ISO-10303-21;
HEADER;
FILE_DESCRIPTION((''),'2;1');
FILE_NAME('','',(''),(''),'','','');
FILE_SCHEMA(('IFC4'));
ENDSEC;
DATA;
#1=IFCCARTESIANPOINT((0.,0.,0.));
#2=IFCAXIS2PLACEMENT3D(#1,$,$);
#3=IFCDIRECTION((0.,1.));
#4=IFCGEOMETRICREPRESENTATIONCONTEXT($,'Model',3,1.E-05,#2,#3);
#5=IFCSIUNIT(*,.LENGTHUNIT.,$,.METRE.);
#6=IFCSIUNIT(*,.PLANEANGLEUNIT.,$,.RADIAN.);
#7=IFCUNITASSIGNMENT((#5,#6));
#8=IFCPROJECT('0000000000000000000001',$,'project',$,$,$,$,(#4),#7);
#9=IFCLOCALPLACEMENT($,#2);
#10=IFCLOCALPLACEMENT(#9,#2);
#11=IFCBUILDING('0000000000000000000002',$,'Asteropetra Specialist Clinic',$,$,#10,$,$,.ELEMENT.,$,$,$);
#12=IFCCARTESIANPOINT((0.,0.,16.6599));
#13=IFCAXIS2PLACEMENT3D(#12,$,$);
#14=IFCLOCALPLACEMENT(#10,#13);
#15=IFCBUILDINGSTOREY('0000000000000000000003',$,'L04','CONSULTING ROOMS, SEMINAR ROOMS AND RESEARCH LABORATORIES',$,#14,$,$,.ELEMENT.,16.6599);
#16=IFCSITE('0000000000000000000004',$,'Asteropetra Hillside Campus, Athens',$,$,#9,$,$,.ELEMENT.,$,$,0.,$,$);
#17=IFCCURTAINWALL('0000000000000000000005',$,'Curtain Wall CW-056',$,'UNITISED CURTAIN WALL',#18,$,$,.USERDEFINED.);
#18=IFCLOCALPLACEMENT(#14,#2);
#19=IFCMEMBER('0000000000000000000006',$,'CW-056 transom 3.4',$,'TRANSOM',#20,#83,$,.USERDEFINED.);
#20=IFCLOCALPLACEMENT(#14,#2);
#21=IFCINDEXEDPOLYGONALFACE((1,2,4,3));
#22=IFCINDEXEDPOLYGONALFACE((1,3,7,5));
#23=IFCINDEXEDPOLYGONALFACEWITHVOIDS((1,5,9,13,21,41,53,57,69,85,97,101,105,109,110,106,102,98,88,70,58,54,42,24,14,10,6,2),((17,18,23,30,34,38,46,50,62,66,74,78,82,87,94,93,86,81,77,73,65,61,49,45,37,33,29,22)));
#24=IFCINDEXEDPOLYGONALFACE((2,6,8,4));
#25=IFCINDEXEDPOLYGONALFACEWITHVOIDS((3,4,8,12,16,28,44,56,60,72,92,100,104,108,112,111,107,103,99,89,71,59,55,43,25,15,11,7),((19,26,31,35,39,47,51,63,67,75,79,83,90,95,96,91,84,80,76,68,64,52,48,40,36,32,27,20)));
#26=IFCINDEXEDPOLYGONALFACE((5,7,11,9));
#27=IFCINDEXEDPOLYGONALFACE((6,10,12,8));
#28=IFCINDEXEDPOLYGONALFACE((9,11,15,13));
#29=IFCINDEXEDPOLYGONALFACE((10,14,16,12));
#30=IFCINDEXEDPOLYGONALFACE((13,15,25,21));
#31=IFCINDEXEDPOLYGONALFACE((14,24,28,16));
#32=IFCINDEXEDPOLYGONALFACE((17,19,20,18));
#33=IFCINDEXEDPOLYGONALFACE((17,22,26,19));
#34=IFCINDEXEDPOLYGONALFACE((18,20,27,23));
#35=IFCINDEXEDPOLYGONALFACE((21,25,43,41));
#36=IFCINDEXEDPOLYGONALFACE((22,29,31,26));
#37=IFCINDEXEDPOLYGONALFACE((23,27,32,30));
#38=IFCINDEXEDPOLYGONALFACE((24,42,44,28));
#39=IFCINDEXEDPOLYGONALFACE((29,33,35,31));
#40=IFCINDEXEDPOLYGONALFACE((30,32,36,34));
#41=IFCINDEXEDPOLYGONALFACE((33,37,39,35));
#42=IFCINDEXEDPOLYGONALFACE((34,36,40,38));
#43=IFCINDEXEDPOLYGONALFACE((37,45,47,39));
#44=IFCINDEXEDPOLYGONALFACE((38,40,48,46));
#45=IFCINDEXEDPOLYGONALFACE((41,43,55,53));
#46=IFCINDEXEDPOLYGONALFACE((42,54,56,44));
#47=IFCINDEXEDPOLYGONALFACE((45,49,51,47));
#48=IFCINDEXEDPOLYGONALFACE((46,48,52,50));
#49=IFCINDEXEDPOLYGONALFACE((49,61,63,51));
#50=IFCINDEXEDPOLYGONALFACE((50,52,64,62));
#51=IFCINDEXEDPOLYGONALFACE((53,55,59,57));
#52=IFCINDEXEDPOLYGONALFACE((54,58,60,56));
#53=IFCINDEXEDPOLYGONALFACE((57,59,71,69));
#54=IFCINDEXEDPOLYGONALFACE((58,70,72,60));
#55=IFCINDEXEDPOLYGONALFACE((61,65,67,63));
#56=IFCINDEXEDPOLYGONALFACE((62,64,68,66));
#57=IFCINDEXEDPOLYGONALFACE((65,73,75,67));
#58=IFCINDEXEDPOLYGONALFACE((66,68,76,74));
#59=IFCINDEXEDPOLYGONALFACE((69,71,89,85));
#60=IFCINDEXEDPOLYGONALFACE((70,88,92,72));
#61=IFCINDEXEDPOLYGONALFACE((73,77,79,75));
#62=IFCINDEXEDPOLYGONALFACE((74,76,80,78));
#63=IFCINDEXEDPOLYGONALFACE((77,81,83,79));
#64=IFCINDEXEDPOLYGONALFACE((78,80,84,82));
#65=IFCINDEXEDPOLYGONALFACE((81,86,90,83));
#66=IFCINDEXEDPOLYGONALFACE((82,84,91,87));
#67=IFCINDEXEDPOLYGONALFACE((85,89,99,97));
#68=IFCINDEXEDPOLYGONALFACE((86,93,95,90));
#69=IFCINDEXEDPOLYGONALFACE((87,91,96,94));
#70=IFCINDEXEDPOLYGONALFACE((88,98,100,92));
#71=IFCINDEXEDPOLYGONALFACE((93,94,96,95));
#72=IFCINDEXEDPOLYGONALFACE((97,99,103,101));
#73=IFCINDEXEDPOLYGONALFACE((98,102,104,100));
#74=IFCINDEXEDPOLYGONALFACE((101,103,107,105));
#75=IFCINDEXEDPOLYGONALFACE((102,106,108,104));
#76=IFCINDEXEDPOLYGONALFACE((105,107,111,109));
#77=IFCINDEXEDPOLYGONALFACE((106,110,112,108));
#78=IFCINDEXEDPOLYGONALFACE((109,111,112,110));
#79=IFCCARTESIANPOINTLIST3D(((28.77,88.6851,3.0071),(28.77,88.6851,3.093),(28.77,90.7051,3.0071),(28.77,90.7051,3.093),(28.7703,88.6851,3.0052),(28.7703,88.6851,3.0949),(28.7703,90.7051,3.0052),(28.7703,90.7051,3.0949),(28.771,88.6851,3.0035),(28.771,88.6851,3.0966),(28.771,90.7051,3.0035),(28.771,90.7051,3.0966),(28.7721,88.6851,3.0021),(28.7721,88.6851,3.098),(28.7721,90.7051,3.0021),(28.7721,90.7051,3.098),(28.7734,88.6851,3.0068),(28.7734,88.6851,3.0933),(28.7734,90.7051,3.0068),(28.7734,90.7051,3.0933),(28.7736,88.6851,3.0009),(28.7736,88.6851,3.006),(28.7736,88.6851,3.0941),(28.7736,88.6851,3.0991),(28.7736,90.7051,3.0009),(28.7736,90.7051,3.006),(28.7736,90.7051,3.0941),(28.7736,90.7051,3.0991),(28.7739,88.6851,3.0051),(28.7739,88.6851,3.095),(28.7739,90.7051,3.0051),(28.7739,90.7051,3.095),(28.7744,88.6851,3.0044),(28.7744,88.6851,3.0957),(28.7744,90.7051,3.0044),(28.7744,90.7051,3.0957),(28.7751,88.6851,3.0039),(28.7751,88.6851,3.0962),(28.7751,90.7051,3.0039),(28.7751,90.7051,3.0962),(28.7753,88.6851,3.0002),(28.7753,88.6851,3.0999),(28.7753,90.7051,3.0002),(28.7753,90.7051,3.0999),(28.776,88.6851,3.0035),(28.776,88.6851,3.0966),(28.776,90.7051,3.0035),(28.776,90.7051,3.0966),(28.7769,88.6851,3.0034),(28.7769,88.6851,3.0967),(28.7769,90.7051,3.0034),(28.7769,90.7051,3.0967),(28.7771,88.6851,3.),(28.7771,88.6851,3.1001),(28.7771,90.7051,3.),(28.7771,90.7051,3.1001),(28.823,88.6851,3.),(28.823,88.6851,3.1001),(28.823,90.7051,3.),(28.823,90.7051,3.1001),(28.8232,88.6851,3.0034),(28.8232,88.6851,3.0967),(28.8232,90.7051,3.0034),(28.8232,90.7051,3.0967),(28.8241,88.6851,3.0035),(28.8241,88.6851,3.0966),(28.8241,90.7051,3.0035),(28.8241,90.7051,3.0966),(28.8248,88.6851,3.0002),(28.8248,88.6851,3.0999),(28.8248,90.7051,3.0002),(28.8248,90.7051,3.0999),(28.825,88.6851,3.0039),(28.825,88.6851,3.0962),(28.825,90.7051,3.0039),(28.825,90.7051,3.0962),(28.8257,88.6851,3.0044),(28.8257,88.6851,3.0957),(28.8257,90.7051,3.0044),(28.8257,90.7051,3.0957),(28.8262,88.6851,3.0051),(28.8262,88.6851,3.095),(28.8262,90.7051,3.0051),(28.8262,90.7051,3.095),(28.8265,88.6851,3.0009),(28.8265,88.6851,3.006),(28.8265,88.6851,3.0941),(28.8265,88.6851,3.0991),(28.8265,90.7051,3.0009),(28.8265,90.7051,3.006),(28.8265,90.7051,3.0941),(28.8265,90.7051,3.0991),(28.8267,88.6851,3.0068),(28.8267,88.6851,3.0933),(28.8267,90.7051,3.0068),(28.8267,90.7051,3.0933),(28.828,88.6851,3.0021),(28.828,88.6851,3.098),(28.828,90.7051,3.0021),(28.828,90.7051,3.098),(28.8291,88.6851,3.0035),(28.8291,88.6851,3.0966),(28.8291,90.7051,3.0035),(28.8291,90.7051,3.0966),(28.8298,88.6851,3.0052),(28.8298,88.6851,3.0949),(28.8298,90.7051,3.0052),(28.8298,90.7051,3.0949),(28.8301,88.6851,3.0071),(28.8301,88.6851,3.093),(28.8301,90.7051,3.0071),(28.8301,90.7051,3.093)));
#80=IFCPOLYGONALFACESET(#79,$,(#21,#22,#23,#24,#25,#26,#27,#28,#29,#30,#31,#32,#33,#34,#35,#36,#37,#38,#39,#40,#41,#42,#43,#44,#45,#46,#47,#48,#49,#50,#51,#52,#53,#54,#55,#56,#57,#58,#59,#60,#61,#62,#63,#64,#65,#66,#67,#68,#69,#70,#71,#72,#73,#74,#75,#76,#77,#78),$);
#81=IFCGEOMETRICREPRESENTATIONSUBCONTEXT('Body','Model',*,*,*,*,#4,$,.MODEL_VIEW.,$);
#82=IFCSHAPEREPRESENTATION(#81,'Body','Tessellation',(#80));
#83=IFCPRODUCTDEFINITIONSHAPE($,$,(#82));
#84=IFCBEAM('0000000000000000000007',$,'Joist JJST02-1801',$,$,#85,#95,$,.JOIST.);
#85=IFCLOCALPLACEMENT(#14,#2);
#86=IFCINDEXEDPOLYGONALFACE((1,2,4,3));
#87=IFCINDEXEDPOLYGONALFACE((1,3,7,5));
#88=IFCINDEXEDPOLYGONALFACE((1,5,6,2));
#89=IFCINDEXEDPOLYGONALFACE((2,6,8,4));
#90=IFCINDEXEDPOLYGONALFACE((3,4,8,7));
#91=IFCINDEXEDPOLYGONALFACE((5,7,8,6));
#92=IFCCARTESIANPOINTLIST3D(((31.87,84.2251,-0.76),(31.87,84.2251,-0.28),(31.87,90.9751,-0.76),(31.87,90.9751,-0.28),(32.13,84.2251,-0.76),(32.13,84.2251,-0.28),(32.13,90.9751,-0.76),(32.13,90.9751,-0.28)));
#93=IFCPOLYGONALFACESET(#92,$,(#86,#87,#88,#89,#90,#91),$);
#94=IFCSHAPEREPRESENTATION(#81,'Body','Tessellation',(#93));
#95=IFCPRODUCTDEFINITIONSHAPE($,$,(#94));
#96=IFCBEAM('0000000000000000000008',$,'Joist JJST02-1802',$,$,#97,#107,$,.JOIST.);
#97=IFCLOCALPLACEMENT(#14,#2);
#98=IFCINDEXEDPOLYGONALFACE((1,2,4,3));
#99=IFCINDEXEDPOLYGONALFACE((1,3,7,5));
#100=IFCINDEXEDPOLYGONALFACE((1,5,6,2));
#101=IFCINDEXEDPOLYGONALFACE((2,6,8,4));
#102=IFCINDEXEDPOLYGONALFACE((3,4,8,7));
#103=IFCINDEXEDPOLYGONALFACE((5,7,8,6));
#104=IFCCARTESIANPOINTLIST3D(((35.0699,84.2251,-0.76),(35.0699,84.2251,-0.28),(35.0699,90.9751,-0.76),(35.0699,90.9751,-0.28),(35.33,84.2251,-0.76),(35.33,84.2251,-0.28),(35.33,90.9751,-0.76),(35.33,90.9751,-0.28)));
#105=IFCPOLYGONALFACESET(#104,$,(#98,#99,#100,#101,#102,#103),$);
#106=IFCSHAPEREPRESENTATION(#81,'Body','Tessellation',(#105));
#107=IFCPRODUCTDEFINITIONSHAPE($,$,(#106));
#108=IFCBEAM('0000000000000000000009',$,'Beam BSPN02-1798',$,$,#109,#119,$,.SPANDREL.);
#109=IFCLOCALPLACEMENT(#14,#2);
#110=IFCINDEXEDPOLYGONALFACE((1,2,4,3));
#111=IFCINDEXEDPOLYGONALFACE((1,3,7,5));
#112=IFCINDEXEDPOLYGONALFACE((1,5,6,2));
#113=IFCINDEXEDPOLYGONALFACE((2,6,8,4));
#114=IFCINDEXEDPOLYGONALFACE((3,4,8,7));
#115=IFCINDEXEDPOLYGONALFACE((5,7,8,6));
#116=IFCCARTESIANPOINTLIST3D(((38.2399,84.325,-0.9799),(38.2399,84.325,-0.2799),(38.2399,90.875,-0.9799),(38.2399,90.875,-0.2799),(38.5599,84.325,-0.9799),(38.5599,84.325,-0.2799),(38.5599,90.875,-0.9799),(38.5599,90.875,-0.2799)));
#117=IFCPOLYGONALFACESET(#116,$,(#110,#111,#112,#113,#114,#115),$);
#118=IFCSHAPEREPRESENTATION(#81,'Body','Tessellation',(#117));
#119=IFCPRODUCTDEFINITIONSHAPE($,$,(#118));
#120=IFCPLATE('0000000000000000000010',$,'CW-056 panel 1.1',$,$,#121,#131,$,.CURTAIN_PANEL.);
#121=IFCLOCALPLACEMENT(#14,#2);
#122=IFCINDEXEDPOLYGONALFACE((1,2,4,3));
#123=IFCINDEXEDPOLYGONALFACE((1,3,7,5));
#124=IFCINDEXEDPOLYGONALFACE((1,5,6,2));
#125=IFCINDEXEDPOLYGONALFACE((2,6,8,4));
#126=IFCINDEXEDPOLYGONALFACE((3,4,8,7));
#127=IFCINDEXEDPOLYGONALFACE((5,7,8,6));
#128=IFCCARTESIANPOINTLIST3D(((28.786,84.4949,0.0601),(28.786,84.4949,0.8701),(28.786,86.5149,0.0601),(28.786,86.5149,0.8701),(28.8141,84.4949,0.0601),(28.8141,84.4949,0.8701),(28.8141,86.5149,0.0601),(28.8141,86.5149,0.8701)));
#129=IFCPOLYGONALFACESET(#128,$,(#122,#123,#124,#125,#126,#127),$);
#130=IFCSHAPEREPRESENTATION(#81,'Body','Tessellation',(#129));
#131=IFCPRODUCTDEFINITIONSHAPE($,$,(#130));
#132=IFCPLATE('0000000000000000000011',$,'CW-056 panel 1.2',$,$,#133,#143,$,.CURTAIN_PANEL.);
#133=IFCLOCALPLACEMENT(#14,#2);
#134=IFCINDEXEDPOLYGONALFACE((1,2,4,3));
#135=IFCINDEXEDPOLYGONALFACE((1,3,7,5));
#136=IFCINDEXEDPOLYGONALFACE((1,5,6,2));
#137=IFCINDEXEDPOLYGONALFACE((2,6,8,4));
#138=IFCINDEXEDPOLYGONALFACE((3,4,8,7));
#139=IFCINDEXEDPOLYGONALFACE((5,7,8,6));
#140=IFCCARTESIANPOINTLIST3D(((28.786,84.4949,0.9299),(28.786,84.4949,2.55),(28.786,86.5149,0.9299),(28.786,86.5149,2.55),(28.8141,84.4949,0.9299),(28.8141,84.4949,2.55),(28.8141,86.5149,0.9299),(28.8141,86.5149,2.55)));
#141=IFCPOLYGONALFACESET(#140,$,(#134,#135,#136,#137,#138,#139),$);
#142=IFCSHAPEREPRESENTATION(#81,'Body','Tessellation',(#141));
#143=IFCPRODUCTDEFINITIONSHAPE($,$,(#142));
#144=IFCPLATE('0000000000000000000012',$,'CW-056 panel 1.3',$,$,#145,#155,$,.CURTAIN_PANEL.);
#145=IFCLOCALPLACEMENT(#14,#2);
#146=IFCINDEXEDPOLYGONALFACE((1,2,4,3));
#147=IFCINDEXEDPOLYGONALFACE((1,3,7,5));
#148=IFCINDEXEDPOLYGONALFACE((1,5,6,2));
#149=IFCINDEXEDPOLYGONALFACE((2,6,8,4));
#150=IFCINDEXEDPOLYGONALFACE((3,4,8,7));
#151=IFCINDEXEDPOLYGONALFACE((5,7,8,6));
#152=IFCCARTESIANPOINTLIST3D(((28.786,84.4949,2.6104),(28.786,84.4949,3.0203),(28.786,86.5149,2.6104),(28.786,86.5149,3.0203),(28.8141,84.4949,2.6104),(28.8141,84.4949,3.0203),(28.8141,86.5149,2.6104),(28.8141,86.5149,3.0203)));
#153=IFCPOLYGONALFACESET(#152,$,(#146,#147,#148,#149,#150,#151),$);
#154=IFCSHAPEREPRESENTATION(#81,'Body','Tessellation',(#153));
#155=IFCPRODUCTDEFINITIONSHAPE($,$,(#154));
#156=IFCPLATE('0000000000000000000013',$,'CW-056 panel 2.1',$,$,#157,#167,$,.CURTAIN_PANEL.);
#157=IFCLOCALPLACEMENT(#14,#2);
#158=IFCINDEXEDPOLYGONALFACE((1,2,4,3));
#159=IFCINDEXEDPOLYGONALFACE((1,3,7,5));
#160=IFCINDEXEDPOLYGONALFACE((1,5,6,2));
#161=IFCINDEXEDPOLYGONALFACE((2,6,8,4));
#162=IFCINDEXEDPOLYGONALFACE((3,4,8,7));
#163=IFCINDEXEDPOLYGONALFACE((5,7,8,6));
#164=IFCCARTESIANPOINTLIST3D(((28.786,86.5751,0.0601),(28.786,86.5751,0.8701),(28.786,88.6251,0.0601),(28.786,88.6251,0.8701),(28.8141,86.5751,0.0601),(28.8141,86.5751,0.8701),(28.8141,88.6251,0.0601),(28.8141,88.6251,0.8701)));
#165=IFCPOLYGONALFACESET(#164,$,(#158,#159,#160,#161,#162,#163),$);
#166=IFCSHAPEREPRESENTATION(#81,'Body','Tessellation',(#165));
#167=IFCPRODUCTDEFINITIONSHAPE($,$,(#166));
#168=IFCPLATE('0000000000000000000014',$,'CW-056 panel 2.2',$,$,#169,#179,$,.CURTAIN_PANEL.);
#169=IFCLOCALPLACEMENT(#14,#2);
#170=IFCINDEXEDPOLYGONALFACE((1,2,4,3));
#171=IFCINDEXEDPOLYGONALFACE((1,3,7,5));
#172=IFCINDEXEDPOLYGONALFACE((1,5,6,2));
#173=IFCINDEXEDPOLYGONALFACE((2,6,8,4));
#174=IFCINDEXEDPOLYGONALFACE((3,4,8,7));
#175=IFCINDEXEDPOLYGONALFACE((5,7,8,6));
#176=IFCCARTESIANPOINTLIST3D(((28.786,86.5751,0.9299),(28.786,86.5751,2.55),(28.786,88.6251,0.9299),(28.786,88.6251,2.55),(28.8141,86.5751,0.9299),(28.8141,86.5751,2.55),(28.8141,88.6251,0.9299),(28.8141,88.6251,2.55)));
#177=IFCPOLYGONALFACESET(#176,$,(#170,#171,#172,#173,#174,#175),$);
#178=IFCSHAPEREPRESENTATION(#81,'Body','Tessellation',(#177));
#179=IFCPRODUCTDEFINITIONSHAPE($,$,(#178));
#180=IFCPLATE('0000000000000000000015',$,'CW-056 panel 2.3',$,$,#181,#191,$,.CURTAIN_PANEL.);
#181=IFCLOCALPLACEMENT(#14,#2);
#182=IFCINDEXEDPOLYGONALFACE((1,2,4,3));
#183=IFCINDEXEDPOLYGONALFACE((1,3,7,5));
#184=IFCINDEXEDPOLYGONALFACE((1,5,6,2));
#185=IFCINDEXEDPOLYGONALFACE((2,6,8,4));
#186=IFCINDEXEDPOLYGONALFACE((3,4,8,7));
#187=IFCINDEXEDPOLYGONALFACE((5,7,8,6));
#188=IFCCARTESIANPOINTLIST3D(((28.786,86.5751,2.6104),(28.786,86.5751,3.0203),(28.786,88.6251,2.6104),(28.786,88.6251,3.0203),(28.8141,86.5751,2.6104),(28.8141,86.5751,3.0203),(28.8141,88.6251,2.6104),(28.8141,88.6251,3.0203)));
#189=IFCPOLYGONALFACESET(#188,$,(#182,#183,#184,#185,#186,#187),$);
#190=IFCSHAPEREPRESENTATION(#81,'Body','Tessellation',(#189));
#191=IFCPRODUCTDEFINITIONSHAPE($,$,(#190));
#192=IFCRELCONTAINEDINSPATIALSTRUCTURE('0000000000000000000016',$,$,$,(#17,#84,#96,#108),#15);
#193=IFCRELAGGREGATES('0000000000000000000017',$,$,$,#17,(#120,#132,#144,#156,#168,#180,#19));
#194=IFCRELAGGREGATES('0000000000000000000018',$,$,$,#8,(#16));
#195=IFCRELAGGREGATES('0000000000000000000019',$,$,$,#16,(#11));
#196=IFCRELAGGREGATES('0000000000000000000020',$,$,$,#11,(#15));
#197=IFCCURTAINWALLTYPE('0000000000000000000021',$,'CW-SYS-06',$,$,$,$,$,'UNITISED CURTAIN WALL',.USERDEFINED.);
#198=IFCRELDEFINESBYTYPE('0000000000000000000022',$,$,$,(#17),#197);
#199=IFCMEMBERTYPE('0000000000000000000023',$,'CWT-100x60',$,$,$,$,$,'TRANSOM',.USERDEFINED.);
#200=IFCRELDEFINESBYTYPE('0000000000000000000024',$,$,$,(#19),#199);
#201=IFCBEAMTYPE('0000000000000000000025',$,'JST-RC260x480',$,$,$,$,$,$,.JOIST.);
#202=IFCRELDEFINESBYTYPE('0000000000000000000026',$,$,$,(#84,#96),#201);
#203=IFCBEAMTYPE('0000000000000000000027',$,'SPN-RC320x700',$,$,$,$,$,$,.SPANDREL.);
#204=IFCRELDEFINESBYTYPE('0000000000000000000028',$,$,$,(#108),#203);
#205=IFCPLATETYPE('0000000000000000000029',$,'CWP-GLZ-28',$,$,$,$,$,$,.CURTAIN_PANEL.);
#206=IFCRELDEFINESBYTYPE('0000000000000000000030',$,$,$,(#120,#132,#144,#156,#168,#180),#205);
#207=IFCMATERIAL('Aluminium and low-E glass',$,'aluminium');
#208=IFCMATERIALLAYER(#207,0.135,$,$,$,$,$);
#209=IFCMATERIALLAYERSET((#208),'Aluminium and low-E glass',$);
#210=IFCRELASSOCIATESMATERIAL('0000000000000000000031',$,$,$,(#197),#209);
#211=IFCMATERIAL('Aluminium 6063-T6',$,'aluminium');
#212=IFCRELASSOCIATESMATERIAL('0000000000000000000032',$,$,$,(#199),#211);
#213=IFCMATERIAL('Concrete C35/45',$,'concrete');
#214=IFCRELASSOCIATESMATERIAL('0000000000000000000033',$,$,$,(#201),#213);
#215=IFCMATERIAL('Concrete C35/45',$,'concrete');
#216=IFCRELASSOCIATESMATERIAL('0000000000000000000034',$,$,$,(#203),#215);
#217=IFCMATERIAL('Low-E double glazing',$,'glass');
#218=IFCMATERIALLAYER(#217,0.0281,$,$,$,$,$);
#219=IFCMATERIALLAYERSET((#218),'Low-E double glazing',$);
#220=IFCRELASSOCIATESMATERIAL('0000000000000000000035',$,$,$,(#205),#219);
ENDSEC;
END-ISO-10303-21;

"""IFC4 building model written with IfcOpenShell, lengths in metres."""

from ifc_helpers import new_model, si_unit, direction, frame, origin, origin_2d, place, context, subcontext, project, spatial, rectangle, hollow_rectangle, extrude, material, layer, layer_set, material_profile, profile_set, type_object, element, aggregate, save


model = new_model("IFC4")

# Units and contexts
model_context = context("Model", 3, precision=1e-05, world=origin(), true_north=direction((0.0, 1.0)))
body_context = subcontext(model_context, "Body", "Model", "MODEL_VIEW")
ifc_project = project(units=[si_unit("LENGTHUNIT", "METRE"), si_unit("PLANEANGLEUNIT", "RADIAN")], contexts=[model_context])

# Site, building, storey
site_placement = place(None, origin())
site = spatial("IfcSite", under=ifc_project, at=site_placement, Name="Asteropetra Hillside Campus, Athens", CompositionType="ELEMENT", RefElevation=0.0)
building_placement = place(site_placement, origin())
building = spatial("IfcBuilding", under=site, at=building_placement, Name="Asteropetra Specialist Clinic", CompositionType="ELEMENT")
storey_placement = place(building_placement, frame((0.0, 0.0, 16.6599)))
storey = spatial("IfcBuildingStorey", under=building, at=storey_placement, Name="L04", Description="CONSULTING ROOMS, SEMINAR ROOMS AND RESEARCH LABORATORIES", CompositionType="ELEMENT", Elevation=16.6599)

# Curtain wall, member
ifc_material_1 = material(Name="Aluminium and low-E glass", Category="aluminium")
ifc_layer_1 = layer(ifc_material_1, 0.135)
ifc_layer_set_1 = layer_set([ifc_layer_1], Name="Aluminium and low-E glass")
curtain_wall_type = type_object("IfcCurtainWallType", Name="CW-SYS-06", ElementType="UNITISED CURTAIN WALL", PredefinedType="USERDEFINED", material=ifc_layer_set_1)
curtain_wall_placement = place(storey_placement, origin())
curtain_wall = element("IfcCurtainWall", 1, at=curtain_wall_placement, inside=storey, type_object=curtain_wall_type, Name="Curtain Wall CW-056", ObjectType="UNITISED CURTAIN WALL", PredefinedType="USERDEFINED")
ifc_material_2 = material(Name="Aluminium 6063-T6", Category="aluminium")
ifc_material_profile_1 = material_profile(ifc_material_2, hollow_rectangle(XDim=0.0601, YDim=0.1001, WallThickness=0.0034, InnerFilletRadius=0.0034, OuterFilletRadius=0.0071, at=origin_2d()), Name="TRN 100x60x3.5")
ifc_profile_set_1 = profile_set([ifc_material_profile_1], Name="Aluminium 6063-T6")
member_type_1 = type_object("IfcMemberType", Name="CWT-100x60", ElementType="TRANSOM", PredefinedType="USERDEFINED", material=ifc_profile_set_1)
member_1_placement = place(storey_placement, frame((28.8, 88.6851, 3.05), z_axis=(0.0, 1.0, 0.0), x_axis=(-1.0, 0.0, 0.0)))
member_1 = element("IfcMember", 2, at=member_1_placement, type_object=member_type_1, Name="CW-056 transom 3.4", ObjectType="TRANSOM", PredefinedType="USERDEFINED", context=body_context, shape_type="SweptSolid", body=[
    extrude(hollow_rectangle(XDim=0.0601, YDim=0.1001, WallThickness=0.0034, InnerFilletRadius=0.0034, OuterFilletRadius=0.0071, at=origin_2d()), origin(), (0.0, 0.0, 1.0), 2.02),
])

# Beams
ifc_material_3 = material(Name="Concrete C35/45", Category="concrete")
ifc_material_profile_2 = material_profile(ifc_material_3, rectangle(XDim=0.26, YDim=0.48, at=origin_2d()), Name="RCJ 260x480")
ifc_profile_set_2 = profile_set([ifc_material_profile_2], Name="Concrete C35/45")
beam_type_1 = type_object("IfcBeamType", Name="JST-RC260x480", PredefinedType="JOIST", material=ifc_profile_set_2)
for number, where, z_axis, x_axis, name in (
    (3, (32.0, 84.2251, -0.52), (0.0, 1.0, 0.0), (-1.0, 0.0, 0.0), "Joist JJST02-1801"),
    (4, (35.2, 84.2251, -0.52), (0.0, 1.0, 0.0), (-1.0, 0.0, 0.0), "Joist JJST02-1802"),
):
    element("IfcBeam", number, at=place(storey_placement, frame(where, z_axis=z_axis, x_axis=x_axis)), inside=storey, type_object=beam_type_1, Name=name, PredefinedType="JOIST", context=body_context, shape_type="SweptSolid", body=[
        extrude(rectangle(XDim=0.26, YDim=0.48, at=origin_2d()), origin(), (0.0, 0.0, 1.0), 6.75),
    ])
ifc_material_4 = material(Name="Concrete C35/45", Category="concrete")
ifc_material_profile_3 = material_profile(ifc_material_4, rectangle(XDim=0.3201, YDim=0.7, at=origin_2d()), Name="RCS 320x700")
ifc_profile_set_3 = profile_set([ifc_material_profile_3], Name="Concrete C35/45")
beam_type_2 = type_object("IfcBeamType", Name="SPN-RC320x700", PredefinedType="SPANDREL", material=ifc_profile_set_3)
beam_1_placement = place(storey_placement, frame((38.3999, 84.325, -0.6299), z_axis=(0.0, 1.0, 0.0), x_axis=(-1.0, 0.0, 0.0)))
element("IfcBeam", 5, at=beam_1_placement, inside=storey, type_object=beam_type_2, Name="Beam BSPN02-1798", PredefinedType="SPANDREL", context=body_context, shape_type="SweptSolid", body=[
    extrude(rectangle(XDim=0.3201, YDim=0.7, at=origin_2d()), origin(), (0.0, 0.0, 1.0), 6.55),
])

# Plates
ifc_material_5 = material(Name="Low-E double glazing", Category="glass")
ifc_layer_2 = layer(ifc_material_5, 0.0281)
ifc_layer_set_2 = layer_set([ifc_layer_2], Name="Low-E double glazing")
plate_type = type_object("IfcPlateType", Name="CWP-GLZ-28", PredefinedType="CURTAIN_PANEL", material=ifc_layer_set_2)
plate_1_placement = place(storey_placement, frame((28.8, 85.5049, 0.0601), z_axis=(0.0, 0.0, 1.0), x_axis=(0.0, 1.0, 0.0)))
plate_1 = element("IfcPlate", 6, at=plate_1_placement, type_object=plate_type, Name="CW-056 panel 1.1", PredefinedType="CURTAIN_PANEL", context=body_context, shape_type="SweptSolid", body=[
    extrude(rectangle(XDim=2.02, YDim=0.0281, at=origin_2d()), origin(), (0.0, 0.0, 1.0), 0.8101),
])
plate_2_placement = place(storey_placement, frame((28.8, 85.5049, 0.9299), z_axis=(0.0, 0.0, 1.0), x_axis=(0.0, 1.0, 0.0)))
plate_2 = element("IfcPlate", 7, at=plate_2_placement, type_object=plate_type, Name="CW-056 panel 1.2", PredefinedType="CURTAIN_PANEL", context=body_context, shape_type="SweptSolid", body=[
    extrude(rectangle(XDim=2.02, YDim=0.0281, at=origin_2d()), origin(), (0.0, 0.0, 1.0), 1.6201),
])
plate_3_placement = place(storey_placement, frame((28.8, 85.5049, 2.6104), z_axis=(0.0, 0.0, 1.0), x_axis=(0.0, 1.0, 0.0)))
plate_3 = element("IfcPlate", 8, at=plate_3_placement, type_object=plate_type, Name="CW-056 panel 1.3", PredefinedType="CURTAIN_PANEL", context=body_context, shape_type="SweptSolid", body=[
    extrude(rectangle(XDim=2.02, YDim=0.0281, at=origin_2d()), origin(), (0.0, 0.0, 1.0), 0.4099),
])
plate_4_placement = place(storey_placement, frame((28.8, 87.6001, 0.0601), z_axis=(0.0, 0.0, 1.0), x_axis=(0.0, 1.0, 0.0)))
plate_4 = element("IfcPlate", 9, at=plate_4_placement, type_object=plate_type, Name="CW-056 panel 2.1", PredefinedType="CURTAIN_PANEL", context=body_context, shape_type="SweptSolid", body=[
    extrude(rectangle(XDim=2.05, YDim=0.0281, at=origin_2d()), origin(), (0.0, 0.0, 1.0), 0.8101),
])
plate_5_placement = place(storey_placement, frame((28.8, 87.6001, 0.9299), z_axis=(0.0, 0.0, 1.0), x_axis=(0.0, 1.0, 0.0)))
plate_5 = element("IfcPlate", 10, at=plate_5_placement, type_object=plate_type, Name="CW-056 panel 2.2", PredefinedType="CURTAIN_PANEL", context=body_context, shape_type="SweptSolid", body=[
    extrude(rectangle(XDim=2.05, YDim=0.0281, at=origin_2d()), origin(), (0.0, 0.0, 1.0), 1.6201),
])
plate_6_placement = place(storey_placement, frame((28.8, 87.6001, 2.6104), z_axis=(0.0, 0.0, 1.0), x_axis=(0.0, 1.0, 0.0)))
plate_6 = element("IfcPlate", 11, at=plate_6_placement, type_object=plate_type, Name="CW-056 panel 2.3", PredefinedType="CURTAIN_PANEL", context=body_context, shape_type="SweptSolid", body=[
    extrude(rectangle(XDim=2.05, YDim=0.0281, at=origin_2d()), origin(), (0.0, 0.0, 1.0), 0.4099),
])
aggregate(curtain_wall, [plate_1, plate_2, plate_3, plate_4, plate_5, plate_6, member_1])

save(model, "model.ifc")
